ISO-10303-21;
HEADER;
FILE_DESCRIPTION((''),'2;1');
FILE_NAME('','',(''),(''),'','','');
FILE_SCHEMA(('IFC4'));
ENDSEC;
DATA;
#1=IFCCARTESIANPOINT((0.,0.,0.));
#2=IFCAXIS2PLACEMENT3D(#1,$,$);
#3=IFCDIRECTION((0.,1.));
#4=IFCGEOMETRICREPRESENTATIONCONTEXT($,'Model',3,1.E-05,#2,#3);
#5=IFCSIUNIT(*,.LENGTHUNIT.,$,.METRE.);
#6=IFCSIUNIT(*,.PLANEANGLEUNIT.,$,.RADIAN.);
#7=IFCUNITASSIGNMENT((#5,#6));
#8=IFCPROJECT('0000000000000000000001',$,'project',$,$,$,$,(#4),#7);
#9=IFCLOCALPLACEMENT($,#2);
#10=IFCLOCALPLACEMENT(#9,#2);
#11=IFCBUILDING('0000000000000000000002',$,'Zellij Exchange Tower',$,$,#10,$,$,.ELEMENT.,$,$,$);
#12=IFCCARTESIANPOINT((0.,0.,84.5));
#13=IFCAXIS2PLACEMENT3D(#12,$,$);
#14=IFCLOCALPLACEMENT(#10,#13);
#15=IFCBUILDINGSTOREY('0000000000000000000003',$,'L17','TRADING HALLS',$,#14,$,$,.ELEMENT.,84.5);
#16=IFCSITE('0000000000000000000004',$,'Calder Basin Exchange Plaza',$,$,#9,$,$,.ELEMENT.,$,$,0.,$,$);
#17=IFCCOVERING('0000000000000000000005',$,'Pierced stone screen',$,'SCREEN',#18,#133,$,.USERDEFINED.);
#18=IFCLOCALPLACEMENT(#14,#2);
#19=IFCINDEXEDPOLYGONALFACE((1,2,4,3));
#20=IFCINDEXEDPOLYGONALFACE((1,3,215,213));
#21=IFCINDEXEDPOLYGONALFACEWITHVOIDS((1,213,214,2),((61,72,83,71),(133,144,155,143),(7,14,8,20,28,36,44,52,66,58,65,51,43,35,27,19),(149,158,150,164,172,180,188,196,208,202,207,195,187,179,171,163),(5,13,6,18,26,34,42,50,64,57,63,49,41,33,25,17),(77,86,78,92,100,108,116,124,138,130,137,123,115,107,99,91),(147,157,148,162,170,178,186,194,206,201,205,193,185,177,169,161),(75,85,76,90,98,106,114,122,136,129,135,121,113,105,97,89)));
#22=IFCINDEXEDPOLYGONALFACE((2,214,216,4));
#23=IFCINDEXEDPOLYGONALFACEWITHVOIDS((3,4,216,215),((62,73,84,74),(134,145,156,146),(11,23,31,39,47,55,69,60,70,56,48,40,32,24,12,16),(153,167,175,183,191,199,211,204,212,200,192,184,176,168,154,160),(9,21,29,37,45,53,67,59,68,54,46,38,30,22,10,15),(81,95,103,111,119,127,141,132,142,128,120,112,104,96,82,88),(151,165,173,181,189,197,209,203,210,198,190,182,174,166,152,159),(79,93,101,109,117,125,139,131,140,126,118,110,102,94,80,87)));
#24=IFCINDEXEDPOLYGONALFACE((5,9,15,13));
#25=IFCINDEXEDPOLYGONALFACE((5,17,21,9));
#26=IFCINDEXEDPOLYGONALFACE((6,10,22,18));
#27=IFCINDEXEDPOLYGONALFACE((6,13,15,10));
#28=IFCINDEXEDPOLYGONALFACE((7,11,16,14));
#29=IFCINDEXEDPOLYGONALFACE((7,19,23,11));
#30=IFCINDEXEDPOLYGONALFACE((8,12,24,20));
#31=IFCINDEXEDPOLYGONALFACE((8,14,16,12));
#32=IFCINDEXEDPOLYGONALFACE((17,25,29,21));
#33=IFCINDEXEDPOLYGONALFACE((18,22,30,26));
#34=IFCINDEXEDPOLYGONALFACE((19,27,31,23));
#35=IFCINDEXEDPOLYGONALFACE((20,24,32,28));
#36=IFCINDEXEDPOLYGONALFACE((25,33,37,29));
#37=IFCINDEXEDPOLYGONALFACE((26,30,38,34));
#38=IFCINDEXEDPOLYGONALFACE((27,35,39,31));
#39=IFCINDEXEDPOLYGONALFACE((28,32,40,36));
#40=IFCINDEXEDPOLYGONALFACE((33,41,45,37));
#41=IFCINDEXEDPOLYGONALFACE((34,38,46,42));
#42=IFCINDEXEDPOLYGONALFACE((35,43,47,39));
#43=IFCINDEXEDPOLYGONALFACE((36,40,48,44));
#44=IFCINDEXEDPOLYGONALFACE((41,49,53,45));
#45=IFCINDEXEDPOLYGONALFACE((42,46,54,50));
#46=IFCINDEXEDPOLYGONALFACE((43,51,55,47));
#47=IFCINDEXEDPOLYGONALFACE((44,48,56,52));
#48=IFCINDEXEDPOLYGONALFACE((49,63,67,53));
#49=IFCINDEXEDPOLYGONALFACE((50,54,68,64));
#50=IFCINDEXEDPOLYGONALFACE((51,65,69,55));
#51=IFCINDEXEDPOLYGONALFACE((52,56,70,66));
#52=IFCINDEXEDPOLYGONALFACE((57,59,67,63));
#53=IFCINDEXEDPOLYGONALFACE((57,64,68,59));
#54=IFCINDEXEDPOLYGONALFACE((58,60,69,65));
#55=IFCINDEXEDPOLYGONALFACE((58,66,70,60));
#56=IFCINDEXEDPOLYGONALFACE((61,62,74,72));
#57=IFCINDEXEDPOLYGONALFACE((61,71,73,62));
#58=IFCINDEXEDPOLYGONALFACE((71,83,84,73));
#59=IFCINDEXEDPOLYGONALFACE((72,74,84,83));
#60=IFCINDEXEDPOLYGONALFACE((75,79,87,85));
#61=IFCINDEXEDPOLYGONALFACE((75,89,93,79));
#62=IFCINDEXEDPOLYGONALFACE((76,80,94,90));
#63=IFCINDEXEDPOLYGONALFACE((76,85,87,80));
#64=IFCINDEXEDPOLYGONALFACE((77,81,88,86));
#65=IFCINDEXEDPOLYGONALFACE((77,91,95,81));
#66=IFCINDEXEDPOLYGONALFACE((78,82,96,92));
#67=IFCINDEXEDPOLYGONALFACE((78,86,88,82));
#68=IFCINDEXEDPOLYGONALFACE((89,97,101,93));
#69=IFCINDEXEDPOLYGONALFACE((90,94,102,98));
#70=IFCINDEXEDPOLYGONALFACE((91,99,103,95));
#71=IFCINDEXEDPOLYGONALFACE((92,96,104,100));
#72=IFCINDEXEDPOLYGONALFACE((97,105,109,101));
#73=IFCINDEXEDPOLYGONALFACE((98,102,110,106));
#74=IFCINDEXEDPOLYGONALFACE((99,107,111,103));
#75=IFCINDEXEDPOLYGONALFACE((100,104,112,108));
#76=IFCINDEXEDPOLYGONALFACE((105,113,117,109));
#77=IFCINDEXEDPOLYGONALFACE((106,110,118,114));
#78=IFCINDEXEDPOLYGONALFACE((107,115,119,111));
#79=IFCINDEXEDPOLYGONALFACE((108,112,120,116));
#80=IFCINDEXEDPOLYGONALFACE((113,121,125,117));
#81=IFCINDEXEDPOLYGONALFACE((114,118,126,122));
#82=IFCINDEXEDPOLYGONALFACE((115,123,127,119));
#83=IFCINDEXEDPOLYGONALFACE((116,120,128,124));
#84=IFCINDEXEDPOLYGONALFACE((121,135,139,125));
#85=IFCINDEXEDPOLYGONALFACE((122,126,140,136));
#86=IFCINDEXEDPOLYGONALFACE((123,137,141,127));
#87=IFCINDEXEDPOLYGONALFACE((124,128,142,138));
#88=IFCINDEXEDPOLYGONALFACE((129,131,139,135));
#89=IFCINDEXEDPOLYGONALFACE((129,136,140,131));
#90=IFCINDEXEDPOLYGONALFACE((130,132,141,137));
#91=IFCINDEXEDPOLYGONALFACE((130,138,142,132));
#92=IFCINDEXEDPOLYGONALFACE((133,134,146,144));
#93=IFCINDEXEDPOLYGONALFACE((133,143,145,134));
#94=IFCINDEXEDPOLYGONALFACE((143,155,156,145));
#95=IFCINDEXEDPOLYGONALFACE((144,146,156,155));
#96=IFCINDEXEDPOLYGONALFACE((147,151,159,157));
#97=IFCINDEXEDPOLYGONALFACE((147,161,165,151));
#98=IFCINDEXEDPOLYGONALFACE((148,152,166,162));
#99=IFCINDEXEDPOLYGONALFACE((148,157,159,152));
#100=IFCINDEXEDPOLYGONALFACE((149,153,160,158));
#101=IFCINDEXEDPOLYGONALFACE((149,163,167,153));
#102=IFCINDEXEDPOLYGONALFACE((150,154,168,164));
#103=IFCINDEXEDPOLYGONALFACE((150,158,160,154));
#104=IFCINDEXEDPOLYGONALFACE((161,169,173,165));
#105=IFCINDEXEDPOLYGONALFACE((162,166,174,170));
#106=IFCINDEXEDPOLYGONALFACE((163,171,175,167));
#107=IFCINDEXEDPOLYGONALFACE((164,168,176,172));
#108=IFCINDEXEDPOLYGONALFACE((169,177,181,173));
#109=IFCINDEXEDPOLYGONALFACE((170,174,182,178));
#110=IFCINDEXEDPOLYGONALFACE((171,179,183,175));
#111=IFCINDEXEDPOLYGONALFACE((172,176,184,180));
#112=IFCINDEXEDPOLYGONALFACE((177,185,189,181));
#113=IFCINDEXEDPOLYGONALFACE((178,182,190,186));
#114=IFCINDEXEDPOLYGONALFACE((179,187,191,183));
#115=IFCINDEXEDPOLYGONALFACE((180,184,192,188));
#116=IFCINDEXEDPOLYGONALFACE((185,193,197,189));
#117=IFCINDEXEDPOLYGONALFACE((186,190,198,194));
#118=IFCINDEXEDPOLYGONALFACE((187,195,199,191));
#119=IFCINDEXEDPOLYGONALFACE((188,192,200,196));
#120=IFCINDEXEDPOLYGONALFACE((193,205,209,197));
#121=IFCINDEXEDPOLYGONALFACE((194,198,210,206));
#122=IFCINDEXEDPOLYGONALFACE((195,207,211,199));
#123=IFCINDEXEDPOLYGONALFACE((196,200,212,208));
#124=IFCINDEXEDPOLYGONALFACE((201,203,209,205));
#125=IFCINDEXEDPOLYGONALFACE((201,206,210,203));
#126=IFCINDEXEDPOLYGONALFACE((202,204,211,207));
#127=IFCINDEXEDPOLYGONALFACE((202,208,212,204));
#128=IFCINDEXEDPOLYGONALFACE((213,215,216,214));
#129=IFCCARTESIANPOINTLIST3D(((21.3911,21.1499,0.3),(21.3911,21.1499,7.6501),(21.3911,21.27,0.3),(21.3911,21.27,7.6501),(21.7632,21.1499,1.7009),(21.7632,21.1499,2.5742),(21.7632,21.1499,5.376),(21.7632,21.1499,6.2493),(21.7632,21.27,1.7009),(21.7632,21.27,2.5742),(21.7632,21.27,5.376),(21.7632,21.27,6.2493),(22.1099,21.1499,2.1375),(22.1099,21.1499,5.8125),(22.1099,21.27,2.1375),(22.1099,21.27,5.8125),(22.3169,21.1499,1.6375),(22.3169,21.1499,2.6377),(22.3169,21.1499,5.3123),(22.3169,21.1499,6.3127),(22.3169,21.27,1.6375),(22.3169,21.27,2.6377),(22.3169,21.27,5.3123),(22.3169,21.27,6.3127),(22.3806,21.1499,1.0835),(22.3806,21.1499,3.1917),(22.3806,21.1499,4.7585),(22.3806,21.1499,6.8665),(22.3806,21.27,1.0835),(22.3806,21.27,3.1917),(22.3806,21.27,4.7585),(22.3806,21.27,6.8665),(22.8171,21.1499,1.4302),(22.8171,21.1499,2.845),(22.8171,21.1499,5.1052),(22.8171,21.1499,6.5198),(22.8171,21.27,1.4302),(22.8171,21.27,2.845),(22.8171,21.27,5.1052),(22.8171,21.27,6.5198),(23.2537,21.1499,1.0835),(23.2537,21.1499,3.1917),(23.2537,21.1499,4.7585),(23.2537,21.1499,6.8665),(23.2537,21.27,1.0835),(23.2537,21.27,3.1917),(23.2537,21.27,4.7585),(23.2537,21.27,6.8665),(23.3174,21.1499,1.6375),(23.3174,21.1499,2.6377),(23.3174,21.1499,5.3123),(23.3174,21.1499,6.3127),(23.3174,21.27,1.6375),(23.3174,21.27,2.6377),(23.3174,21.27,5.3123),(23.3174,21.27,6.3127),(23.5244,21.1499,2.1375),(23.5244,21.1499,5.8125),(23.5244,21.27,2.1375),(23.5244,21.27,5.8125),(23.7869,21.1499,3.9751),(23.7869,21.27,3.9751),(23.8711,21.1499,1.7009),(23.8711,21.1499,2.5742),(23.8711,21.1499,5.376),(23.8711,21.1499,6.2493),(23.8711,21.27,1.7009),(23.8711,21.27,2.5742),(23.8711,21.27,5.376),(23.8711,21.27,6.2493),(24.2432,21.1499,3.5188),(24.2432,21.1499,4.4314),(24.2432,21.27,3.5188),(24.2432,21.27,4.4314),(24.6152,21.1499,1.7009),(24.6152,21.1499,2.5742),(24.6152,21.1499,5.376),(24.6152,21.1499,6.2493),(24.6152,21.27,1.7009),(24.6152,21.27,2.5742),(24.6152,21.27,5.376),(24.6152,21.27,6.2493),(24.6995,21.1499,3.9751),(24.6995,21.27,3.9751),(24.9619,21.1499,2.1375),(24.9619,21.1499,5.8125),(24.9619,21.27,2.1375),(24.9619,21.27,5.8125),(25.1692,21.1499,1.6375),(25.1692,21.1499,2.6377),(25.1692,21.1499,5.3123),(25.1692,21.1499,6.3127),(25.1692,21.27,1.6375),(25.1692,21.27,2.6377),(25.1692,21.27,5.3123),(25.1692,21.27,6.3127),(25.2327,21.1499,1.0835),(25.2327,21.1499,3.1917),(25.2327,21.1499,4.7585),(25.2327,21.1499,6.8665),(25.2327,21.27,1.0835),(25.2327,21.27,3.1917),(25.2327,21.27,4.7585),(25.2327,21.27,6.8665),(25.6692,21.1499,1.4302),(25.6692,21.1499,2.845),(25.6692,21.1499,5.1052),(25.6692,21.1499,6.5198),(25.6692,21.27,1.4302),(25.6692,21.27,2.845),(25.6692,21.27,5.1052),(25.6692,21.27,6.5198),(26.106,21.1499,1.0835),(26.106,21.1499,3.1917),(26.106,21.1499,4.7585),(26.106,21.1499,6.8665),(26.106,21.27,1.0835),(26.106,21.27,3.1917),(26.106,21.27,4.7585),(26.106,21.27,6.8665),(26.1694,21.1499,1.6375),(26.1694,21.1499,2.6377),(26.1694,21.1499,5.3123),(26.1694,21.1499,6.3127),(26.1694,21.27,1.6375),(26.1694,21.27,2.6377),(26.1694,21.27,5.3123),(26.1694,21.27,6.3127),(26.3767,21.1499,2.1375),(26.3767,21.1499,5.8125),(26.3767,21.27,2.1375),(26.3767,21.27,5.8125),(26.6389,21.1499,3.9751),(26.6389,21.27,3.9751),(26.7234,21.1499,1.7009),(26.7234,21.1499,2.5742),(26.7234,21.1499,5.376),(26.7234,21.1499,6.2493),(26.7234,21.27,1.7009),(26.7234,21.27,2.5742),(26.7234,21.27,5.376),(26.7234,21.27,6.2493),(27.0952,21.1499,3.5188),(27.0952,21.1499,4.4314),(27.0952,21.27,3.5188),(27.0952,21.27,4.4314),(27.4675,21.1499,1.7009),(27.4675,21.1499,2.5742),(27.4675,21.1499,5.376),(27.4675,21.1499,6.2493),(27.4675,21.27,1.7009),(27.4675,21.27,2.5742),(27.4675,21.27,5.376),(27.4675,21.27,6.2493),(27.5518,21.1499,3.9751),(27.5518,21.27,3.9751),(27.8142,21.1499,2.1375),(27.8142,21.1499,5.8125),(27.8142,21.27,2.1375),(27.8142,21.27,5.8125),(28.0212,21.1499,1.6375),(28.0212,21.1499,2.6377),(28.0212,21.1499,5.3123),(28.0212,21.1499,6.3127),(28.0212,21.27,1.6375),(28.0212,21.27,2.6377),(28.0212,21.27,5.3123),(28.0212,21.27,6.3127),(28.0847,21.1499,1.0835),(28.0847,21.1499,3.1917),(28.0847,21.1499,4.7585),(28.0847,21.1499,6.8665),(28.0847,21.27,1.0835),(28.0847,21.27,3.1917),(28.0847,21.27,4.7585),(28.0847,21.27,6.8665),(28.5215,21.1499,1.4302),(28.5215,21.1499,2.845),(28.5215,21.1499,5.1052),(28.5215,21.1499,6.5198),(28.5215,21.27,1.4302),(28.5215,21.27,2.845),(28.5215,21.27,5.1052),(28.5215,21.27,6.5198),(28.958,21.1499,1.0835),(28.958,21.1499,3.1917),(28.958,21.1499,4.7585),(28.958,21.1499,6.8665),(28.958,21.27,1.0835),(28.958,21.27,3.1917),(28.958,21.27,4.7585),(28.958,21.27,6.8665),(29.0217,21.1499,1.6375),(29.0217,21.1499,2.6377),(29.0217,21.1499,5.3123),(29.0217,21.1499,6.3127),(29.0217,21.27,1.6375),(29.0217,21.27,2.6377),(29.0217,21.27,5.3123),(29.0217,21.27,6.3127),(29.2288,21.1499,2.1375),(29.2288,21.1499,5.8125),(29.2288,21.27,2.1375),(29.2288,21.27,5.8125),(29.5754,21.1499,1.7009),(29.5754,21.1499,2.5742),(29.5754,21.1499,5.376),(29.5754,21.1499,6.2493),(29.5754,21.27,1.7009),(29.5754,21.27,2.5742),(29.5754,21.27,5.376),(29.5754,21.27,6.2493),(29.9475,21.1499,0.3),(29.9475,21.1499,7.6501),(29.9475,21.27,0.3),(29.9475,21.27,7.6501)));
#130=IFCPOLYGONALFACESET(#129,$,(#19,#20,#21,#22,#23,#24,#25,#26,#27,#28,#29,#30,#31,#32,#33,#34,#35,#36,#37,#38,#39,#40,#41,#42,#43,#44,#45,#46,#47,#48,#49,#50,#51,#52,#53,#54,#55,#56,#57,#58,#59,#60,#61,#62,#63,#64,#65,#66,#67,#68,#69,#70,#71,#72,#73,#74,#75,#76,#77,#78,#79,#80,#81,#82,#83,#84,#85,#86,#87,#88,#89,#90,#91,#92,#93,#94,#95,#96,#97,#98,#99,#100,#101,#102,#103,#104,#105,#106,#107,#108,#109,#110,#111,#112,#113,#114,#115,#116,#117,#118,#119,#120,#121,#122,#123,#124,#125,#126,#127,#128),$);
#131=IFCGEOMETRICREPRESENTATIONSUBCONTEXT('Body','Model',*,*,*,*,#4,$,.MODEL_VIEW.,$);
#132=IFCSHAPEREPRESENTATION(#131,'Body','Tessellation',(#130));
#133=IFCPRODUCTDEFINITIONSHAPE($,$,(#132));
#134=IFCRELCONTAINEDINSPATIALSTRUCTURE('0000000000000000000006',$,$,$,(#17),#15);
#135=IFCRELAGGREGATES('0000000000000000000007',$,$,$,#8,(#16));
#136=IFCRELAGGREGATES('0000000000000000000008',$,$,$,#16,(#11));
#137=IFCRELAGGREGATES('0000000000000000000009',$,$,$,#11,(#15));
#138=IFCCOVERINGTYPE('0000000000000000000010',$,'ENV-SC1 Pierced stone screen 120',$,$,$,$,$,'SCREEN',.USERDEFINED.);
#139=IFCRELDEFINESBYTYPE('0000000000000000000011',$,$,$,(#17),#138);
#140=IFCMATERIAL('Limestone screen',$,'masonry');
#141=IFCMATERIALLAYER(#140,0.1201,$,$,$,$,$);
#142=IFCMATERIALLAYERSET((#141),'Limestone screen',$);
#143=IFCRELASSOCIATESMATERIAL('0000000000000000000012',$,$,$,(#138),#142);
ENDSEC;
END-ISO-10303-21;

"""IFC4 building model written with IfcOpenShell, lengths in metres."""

from ifc_helpers import new_model, si_unit, direction, frame, origin, place, context, subcontext, project, spatial, polyline, outline, extrude, material, layer, layer_set, type_object, element, save


model = new_model("IFC4")

# Units and contexts
model_context = context("Model", 3, precision=1e-05, world=origin(), true_north=direction((0.0, 1.0)))
body_context = subcontext(model_context, "Body", "Model", "MODEL_VIEW")
ifc_project = project(units=[si_unit("LENGTHUNIT", "METRE"), si_unit("PLANEANGLEUNIT", "RADIAN")], contexts=[model_context])

# Site, building, storey
site_placement = place(None, origin())
site = spatial("IfcSite", under=ifc_project, at=site_placement, Name="Calder Basin Exchange Plaza", CompositionType="ELEMENT", RefElevation=0.0)
building_placement = place(site_placement, origin())
building = spatial("IfcBuilding", under=site, at=building_placement, Name="Zellij Exchange Tower", CompositionType="ELEMENT")
storey_placement = place(building_placement, frame((0.0, 0.0, 84.5)))
storey = spatial("IfcBuildingStorey", under=building, at=storey_placement, Name="L17", Description="TRADING HALLS", CompositionType="ELEMENT", Elevation=84.5)

# Covering
ifc_material_1 = material(Name="Limestone screen", Category="masonry")
ifc_layer_1 = layer(ifc_material_1, 0.1201)
ifc_layer_set_1 = layer_set([ifc_layer_1], Name="Limestone screen")
covering_type = type_object("IfcCoveringType", Name="ENV-SC1 Pierced stone screen 120", ElementType="SCREEN", PredefinedType="USERDEFINED", material=ifc_layer_set_1)
covering_1_placement = place(storey_placement, frame((29.9475, 21.21, 0.3), z_axis=(0.0, 0.0, 1.0), x_axis=(-1.0, 0.0, 0.0)))
element("IfcCovering", 1, at=covering_1_placement, inside=storey, type_object=covering_type, Name="Pierced stone screen", ObjectType="SCREEN", PredefinedType="USERDEFINED", context=body_context, shape_type="SweptSolid", body=[
    extrude(outline(polyline([(0.0, 0.0), (8.5564, 0.0), (8.5564, 7.3501), (0.0, 7.3501), (0.0, 0.0)]), holes=[polyline([(2.48, 2.2742), (1.9263, 2.3376), (1.8628, 2.8916), (1.426, 2.5449), (0.9895, 2.8916), (0.9258, 2.3376), (0.3721, 2.2742), (0.7188, 1.8374), (0.3721, 1.4009), (0.9258, 1.3374), (0.9895, 0.7834), (1.426, 1.1301), (1.8628, 0.7834), (1.9263, 1.3374), (2.48, 1.4009), (2.1333, 1.8374), (2.48, 2.2742)]), polyline([(2.48, 5.9492), (1.9263, 6.0127), (1.8628, 6.5664), (1.426, 6.2197), (0.9895, 6.5664), (0.9258, 6.0127), (0.3721, 5.9492), (0.7188, 5.5125), (0.3721, 5.0759), (0.9258, 5.0122), (0.9895, 4.4585), (1.426, 4.8052), (1.8628, 4.4585), (1.9263, 5.0122), (2.48, 5.0759), (2.1333, 5.5125), (2.48, 5.9492)]), polyline([(5.3323, 2.2742), (4.7783, 2.3376), (4.7148, 2.8916), (4.2783, 2.5449), (3.8416, 2.8916), (3.7781, 2.3376), (3.2241, 2.2742), (3.5708, 1.8374), (3.2241, 1.4009), (3.7781, 1.3374), (3.8416, 0.7834), (4.2783, 1.1301), (4.7148, 0.7834), (4.7783, 1.3374), (5.3323, 1.4009), (4.9856, 1.8374), (5.3323, 2.2742)]), polyline([(5.3323, 5.9492), (4.7783, 6.0127), (4.7148, 6.5664), (4.2783, 6.2197), (3.8416, 6.5664), (3.7781, 6.0127), (3.2241, 5.9492), (3.5708, 5.5125), (3.2241, 5.0759), (3.7781, 5.0122), (3.8416, 4.4585), (4.2783, 4.8052), (4.7148, 4.4585), (4.7783, 5.0122), (5.3323, 5.0759), (4.9856, 5.5125), (5.3323, 5.9492)]), polyline([(8.1843, 2.2742), (7.6306, 2.3376), (7.5669, 2.8916), (7.1304, 2.5449), (6.6938, 2.8916), (6.6301, 2.3376), (6.0764, 2.2742), (6.4231, 1.8374), (6.0764, 1.4009), (6.6301, 1.3374), (6.6938, 0.7834), (7.1304, 1.1301), (7.5669, 0.7834), (7.6306, 1.3374), (8.1843, 1.4009), (7.8376, 1.8374), (8.1843, 2.2742)]), polyline([(8.1843, 5.9492), (7.6306, 6.0127), (7.5669, 6.5664), (7.1304, 6.2197), (6.6938, 6.5664), (6.6301, 6.0127), (6.0764, 5.9492), (6.4231, 5.5125), (6.0764, 5.0759), (6.6301, 5.0122), (6.6938, 4.4585), (7.1304, 4.8052), (7.5669, 4.4585), (7.6306, 5.0122), (8.1843, 5.0759), (7.8376, 5.5125), (8.1843, 5.9492)]), polyline([(3.3086, 3.675), (2.8523, 4.1313), (2.3958, 3.675), (2.8523, 3.2188), (3.3086, 3.675)]), polyline([(6.1606, 3.675), (5.7043, 4.1313), (5.248, 3.675), (5.7043, 3.2188), (6.1606, 3.675)])]), frame((0.0, 0.0601, 0.0), z_axis=(0.0, -1.0, 0.0), x_axis=(1.0, 0.0, 0.0)), (0.0, 0.0, 1.0), 0.1201),
])

save(model, "model.ifc")
